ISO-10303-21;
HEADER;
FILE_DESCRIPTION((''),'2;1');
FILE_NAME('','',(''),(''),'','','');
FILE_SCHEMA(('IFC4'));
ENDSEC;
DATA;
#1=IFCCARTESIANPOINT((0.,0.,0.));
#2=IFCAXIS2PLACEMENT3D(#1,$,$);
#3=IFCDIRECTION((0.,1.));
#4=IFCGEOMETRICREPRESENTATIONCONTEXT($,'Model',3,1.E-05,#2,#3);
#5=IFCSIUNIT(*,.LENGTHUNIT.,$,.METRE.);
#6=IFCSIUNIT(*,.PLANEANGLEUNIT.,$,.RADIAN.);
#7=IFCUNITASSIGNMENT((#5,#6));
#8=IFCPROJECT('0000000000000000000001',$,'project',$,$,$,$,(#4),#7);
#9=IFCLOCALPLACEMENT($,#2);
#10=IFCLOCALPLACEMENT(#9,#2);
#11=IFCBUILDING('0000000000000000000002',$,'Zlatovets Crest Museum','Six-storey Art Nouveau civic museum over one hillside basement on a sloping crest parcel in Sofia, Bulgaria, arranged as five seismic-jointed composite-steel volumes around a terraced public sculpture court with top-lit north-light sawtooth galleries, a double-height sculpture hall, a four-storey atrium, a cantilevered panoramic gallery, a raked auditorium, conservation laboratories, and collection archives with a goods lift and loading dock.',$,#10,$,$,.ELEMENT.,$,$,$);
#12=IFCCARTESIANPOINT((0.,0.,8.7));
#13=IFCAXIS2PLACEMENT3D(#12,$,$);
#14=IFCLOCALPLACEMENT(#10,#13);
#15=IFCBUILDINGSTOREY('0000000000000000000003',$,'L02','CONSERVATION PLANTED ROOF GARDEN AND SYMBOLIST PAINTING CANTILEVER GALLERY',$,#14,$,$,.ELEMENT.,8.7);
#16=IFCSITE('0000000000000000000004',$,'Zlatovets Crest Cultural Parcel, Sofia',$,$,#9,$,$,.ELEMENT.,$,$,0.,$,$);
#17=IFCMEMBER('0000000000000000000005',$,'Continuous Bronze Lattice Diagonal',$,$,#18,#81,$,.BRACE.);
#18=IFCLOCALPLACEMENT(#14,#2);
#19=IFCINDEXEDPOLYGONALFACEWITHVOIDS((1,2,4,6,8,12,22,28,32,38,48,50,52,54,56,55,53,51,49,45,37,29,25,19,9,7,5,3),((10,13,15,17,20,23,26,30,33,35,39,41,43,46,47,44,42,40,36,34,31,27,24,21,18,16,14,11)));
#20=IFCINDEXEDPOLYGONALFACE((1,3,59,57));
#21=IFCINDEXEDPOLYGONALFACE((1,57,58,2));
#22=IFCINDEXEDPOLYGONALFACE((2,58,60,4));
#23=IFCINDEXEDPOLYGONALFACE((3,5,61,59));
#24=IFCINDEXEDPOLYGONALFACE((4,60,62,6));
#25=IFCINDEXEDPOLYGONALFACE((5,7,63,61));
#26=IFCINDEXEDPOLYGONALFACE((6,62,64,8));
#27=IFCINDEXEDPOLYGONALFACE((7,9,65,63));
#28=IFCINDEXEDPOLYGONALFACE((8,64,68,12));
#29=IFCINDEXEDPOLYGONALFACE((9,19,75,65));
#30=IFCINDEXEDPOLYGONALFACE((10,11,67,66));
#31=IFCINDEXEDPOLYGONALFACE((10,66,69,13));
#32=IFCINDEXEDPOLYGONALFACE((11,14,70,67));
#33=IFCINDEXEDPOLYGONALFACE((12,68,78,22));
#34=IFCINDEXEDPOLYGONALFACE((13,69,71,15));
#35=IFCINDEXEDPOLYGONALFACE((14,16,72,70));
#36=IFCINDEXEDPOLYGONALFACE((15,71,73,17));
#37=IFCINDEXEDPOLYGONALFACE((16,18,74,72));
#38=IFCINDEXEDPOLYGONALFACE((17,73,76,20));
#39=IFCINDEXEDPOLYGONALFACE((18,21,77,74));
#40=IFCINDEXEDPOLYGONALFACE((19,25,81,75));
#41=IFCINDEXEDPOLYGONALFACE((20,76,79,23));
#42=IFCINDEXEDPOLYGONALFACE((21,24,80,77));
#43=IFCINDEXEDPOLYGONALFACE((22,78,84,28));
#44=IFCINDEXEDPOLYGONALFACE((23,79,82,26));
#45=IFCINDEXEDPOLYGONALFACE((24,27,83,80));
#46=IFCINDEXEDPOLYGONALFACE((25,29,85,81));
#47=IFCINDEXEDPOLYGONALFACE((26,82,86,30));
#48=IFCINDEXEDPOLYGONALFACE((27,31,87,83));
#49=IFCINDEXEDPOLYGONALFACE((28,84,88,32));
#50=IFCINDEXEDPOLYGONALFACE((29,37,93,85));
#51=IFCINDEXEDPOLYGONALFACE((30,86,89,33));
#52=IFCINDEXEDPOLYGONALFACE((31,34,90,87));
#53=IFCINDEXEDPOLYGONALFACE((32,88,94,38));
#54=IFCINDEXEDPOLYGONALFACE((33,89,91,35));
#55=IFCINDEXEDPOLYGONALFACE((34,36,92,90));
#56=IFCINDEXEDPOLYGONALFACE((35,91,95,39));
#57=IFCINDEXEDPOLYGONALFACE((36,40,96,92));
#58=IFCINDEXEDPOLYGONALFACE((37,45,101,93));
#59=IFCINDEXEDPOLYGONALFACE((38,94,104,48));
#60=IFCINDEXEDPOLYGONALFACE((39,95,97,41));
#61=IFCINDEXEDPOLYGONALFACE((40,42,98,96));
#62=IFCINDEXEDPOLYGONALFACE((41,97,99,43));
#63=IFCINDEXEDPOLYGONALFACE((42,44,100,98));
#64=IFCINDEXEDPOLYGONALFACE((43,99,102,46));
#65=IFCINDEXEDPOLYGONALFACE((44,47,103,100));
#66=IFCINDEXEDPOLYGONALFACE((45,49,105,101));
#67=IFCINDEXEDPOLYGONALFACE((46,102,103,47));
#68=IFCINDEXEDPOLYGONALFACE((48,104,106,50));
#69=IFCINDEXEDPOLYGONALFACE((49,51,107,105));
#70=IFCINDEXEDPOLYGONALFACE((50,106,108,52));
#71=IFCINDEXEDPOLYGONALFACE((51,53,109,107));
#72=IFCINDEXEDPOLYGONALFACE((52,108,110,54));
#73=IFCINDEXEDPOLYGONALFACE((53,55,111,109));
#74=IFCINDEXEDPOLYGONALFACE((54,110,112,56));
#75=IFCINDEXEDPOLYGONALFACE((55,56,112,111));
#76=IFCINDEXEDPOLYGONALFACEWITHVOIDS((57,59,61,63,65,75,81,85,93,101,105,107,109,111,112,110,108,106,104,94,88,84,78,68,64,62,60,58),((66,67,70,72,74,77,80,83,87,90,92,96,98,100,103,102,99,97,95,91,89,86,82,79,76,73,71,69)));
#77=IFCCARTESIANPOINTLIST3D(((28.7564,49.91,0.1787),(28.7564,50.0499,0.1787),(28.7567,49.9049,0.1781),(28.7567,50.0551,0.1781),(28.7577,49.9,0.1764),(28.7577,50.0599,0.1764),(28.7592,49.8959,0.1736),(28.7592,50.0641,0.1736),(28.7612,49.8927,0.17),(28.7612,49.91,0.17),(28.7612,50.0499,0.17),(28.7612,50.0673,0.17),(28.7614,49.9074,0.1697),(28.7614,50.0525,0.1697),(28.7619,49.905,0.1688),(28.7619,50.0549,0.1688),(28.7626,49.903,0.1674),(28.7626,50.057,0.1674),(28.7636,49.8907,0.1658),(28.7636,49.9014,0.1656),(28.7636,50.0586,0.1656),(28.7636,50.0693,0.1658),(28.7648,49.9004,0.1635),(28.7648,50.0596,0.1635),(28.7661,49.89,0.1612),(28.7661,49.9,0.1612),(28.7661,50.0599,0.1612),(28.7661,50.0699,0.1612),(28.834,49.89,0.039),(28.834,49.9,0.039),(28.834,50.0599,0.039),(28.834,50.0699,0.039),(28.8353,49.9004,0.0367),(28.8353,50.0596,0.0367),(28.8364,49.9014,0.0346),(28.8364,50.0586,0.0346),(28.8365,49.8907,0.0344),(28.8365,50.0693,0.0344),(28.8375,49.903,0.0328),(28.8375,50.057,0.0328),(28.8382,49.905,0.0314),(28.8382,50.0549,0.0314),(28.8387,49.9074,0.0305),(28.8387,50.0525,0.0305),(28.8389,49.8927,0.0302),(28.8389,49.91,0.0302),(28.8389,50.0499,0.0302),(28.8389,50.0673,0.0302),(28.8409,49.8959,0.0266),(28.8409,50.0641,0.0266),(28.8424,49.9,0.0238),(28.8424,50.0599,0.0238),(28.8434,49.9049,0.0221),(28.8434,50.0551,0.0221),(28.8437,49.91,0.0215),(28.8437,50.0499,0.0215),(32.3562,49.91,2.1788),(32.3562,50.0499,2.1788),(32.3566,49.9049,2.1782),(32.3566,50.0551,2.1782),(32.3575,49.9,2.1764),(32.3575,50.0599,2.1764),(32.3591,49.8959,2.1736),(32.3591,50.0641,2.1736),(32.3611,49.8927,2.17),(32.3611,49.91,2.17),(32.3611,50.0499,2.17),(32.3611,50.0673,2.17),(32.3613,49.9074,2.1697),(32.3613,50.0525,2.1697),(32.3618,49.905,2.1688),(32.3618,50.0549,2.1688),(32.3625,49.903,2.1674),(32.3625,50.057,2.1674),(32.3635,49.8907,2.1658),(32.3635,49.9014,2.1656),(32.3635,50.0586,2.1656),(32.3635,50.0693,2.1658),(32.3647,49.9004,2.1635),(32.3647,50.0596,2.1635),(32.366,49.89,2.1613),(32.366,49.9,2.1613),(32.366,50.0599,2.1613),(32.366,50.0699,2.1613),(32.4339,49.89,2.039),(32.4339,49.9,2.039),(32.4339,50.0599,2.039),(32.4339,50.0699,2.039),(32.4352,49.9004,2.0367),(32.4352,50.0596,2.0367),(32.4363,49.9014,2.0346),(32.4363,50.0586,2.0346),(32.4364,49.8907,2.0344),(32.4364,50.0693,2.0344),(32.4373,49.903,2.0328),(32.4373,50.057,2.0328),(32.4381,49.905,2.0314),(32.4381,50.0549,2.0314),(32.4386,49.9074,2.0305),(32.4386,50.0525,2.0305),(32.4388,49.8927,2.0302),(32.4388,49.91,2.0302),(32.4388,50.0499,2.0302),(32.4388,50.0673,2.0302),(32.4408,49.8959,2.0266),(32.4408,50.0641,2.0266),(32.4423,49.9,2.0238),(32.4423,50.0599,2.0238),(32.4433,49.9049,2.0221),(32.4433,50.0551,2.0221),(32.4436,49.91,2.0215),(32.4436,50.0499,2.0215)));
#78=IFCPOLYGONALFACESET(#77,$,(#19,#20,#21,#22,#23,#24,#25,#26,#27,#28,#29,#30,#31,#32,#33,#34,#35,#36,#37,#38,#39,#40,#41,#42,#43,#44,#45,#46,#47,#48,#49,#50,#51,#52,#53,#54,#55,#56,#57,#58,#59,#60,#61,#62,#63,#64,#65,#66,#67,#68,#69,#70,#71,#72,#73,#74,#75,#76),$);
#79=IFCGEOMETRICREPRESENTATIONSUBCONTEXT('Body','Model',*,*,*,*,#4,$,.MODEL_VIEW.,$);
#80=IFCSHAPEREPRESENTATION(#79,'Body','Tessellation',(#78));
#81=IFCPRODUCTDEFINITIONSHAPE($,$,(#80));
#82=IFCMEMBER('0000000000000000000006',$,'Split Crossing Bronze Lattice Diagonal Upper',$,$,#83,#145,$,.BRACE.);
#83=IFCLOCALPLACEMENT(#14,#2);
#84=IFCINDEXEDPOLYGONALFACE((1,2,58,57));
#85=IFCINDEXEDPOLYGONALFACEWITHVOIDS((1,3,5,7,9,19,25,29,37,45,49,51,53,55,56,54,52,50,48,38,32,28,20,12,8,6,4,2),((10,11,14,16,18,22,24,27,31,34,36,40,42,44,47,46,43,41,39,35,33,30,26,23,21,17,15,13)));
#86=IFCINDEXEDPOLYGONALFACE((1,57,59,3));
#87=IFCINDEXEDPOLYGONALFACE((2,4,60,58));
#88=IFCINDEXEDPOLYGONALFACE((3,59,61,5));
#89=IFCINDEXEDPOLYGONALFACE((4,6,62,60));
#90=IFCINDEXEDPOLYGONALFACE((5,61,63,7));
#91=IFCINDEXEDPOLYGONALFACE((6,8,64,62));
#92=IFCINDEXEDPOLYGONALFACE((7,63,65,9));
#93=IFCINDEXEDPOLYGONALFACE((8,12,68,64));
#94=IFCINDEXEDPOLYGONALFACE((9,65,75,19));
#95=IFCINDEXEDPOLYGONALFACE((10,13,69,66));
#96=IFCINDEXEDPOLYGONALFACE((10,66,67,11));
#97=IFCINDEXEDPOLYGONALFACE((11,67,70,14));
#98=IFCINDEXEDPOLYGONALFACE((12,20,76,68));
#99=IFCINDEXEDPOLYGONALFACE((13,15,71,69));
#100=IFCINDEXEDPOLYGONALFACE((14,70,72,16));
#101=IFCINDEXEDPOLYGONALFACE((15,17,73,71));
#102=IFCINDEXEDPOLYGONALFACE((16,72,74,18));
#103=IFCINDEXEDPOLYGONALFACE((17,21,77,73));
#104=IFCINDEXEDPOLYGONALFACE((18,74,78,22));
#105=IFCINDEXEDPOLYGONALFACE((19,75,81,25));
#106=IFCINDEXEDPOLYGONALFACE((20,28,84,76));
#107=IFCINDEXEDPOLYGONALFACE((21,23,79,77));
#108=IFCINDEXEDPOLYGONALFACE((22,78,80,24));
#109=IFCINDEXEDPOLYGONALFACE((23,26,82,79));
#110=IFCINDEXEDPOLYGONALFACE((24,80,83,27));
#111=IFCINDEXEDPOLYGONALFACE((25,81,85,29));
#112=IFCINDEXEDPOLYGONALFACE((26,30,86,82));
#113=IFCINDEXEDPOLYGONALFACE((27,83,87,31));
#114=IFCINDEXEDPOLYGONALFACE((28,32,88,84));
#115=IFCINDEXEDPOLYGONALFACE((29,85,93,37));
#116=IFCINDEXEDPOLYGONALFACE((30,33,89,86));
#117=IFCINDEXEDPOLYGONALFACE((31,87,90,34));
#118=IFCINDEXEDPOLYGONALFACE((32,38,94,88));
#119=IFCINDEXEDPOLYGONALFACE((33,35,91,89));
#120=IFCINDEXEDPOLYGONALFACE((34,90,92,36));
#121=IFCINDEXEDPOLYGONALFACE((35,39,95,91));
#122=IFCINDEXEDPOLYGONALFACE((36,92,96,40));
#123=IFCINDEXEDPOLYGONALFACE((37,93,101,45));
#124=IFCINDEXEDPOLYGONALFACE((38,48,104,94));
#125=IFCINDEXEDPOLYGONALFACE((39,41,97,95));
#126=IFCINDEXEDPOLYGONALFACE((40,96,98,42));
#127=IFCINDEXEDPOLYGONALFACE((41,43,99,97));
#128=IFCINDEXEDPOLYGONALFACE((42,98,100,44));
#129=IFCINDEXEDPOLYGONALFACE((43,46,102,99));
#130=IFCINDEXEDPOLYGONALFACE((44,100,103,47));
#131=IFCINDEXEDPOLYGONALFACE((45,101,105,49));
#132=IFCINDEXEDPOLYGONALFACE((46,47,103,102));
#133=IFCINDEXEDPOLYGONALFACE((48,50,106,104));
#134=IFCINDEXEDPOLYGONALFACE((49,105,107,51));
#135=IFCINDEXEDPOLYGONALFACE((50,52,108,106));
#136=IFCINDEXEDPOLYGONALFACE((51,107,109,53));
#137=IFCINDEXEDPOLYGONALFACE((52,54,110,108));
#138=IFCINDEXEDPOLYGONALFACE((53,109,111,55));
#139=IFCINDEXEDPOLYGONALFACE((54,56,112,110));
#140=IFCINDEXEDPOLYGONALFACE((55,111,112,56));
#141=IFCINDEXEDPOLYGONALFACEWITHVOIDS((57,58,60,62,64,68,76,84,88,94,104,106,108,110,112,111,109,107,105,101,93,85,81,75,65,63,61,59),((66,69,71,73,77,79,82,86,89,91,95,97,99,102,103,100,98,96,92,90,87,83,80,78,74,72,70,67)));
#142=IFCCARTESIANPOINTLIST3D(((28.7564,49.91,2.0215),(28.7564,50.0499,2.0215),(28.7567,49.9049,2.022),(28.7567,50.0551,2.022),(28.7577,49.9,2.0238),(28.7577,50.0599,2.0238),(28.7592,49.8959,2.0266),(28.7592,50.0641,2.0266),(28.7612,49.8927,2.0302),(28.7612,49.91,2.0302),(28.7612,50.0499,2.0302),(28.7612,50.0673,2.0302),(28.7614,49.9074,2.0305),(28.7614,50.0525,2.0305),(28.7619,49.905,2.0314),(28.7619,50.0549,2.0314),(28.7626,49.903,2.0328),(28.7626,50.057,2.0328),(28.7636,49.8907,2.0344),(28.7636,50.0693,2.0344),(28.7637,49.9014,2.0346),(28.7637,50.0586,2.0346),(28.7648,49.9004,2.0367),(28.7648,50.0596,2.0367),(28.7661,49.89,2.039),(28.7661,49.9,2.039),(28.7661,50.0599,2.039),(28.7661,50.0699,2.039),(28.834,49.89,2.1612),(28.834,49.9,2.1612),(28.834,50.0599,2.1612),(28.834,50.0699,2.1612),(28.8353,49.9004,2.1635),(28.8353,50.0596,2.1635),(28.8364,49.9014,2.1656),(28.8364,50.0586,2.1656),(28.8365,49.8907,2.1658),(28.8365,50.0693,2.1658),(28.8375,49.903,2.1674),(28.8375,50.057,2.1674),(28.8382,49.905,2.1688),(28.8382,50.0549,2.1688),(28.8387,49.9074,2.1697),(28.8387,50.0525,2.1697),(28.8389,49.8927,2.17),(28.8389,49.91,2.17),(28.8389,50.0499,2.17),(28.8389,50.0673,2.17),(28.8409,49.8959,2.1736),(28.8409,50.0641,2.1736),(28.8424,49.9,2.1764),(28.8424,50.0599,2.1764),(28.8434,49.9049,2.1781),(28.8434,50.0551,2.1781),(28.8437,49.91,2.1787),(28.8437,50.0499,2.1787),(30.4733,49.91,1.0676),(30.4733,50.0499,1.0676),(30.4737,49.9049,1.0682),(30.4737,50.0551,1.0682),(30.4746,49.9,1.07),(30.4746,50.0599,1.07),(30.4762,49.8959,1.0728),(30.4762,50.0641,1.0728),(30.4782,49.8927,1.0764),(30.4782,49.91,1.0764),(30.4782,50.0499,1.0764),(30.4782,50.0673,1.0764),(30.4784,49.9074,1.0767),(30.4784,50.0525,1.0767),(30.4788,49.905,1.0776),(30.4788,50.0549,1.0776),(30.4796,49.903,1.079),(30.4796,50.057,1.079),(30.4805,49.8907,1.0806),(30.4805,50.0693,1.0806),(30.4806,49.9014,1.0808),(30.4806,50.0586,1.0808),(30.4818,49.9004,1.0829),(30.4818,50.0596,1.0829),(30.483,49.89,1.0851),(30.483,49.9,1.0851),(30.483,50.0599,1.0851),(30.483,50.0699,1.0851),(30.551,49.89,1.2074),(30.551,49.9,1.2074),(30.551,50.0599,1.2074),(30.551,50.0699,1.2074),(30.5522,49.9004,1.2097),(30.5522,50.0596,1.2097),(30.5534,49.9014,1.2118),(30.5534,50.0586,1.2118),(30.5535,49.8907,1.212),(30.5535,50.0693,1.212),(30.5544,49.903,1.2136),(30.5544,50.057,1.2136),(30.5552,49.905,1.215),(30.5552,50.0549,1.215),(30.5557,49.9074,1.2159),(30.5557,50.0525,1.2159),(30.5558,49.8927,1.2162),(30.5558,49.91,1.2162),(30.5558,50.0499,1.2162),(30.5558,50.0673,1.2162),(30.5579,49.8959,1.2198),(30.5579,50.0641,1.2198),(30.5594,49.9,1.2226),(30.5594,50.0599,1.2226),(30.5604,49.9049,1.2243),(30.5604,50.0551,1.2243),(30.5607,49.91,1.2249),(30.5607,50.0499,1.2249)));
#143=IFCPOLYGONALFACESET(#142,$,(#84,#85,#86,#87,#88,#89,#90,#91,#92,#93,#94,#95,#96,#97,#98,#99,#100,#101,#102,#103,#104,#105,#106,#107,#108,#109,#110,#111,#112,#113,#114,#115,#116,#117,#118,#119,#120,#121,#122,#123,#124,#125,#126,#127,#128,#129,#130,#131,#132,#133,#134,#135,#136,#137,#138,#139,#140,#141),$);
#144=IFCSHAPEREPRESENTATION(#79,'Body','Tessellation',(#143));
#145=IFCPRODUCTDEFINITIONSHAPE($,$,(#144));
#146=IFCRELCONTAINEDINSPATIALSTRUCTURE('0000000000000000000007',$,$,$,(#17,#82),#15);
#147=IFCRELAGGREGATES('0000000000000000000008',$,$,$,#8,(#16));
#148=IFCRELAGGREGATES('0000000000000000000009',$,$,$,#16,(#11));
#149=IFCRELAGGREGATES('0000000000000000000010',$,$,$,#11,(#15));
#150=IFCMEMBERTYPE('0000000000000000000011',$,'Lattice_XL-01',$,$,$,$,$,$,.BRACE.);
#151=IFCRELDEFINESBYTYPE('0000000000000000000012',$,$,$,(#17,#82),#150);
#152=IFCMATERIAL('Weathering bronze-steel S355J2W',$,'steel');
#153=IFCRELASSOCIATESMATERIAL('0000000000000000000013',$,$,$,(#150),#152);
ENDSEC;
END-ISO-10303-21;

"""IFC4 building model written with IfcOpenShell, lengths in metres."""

from ifc_helpers import new_model, si_unit, direction, frame, origin, origin_2d, place, context, subcontext, project, spatial, hollow_rectangle, extrude, material, material_profile, profile_set, type_object, element, save


model = new_model("IFC4")

# Units and contexts
model_context = context("Model", 3, precision=1e-05, world=origin(), true_north=direction((0.0, 1.0)))
body_context = subcontext(model_context, "Body", "Model", "MODEL_VIEW")
ifc_project = project(units=[si_unit("LENGTHUNIT", "METRE"), si_unit("PLANEANGLEUNIT", "RADIAN")], contexts=[model_context])

# Site, building, storey
site_placement = place(None, origin())
site = spatial("IfcSite", under=ifc_project, at=site_placement, Name="Zlatovets Crest Cultural Parcel, Sofia", CompositionType="ELEMENT", RefElevation=0.0)
building_placement = place(site_placement, origin())
building = spatial("IfcBuilding", under=site, at=building_placement, Name="Zlatovets Crest Museum", Description="Six-storey Art Nouveau civic museum over one hillside basement on a sloping crest parcel in Sofia, Bulgaria, arranged as five seismic-jointed composite-steel volumes around a terraced public sculpture court with top-lit north-light sawtooth galleries, a double-height sculpture hall, a four-storey atrium, a cantilevered panoramic gallery, a raked auditorium, conservation laboratories, and collection archives with a goods lift and loading dock.", CompositionType="ELEMENT")
storey_placement = place(building_placement, frame((0.0, 0.0, 8.7)))
storey = spatial("IfcBuildingStorey", under=building, at=storey_placement, Name="L02", Description="CONSERVATION PLANTED ROOF GARDEN AND SYMBOLIST PAINTING CANTILEVER GALLERY", CompositionType="ELEMENT", Elevation=8.7)

# Members
ifc_material_1 = material(Name="Weathering bronze-steel S355J2W", Category="steel")
ifc_material_profile_1 = material_profile(ifc_material_1, hollow_rectangle(XDim=0.1799, YDim=0.1799, WallThickness=0.01, InnerFilletRadius=0.01, OuterFilletRadius=0.02, at=origin_2d()), Name="SHS 180x180x10.0")
ifc_profile_set_1 = profile_set([ifc_material_profile_1], Name="Weathering bronze-steel S355J2W")
member_type_1 = type_object("IfcMemberType", Name="Lattice_XL-01", PredefinedType="BRACE", material=ifc_profile_set_1)
member_1_placement = place(storey_placement, frame((28.8, 49.98, 0.1001), z_axis=(0.874149, 0.0, 0.485658), x_axis=(0.0, 1.0, 0.0)))
element("IfcMember", 1, at=member_1_placement, inside=storey, type_object=member_type_1, Name="Continuous Bronze Lattice Diagonal", PredefinedType="BRACE", context=body_context, shape_type="SweptSolid", body=[
    extrude(hollow_rectangle(XDim=0.1799, YDim=0.1799, WallThickness=0.01, InnerFilletRadius=0.01, OuterFilletRadius=0.02, at=origin_2d()), origin(), (0.0, 0.0, 1.0), 4.1182),
])
member_2_placement = place(storey_placement, frame((28.8, 49.98, 2.1001), z_axis=(0.874169, 0.0, -0.485622), x_axis=(0.0, 1.0, 0.0)))
element("IfcMember", 2, at=member_2_placement, inside=storey, type_object=member_type_1, Name="Split Crossing Bronze Lattice Diagonal Upper", PredefinedType="BRACE", context=body_context, shape_type="SweptSolid", body=[
    extrude(hollow_rectangle(XDim=0.1799, YDim=0.1799, WallThickness=0.01, InnerFilletRadius=0.01, OuterFilletRadius=0.02, at=origin_2d()), origin(), (0.0, 0.0, 1.0), 1.9641),
])

save(model, "model.ifc")
